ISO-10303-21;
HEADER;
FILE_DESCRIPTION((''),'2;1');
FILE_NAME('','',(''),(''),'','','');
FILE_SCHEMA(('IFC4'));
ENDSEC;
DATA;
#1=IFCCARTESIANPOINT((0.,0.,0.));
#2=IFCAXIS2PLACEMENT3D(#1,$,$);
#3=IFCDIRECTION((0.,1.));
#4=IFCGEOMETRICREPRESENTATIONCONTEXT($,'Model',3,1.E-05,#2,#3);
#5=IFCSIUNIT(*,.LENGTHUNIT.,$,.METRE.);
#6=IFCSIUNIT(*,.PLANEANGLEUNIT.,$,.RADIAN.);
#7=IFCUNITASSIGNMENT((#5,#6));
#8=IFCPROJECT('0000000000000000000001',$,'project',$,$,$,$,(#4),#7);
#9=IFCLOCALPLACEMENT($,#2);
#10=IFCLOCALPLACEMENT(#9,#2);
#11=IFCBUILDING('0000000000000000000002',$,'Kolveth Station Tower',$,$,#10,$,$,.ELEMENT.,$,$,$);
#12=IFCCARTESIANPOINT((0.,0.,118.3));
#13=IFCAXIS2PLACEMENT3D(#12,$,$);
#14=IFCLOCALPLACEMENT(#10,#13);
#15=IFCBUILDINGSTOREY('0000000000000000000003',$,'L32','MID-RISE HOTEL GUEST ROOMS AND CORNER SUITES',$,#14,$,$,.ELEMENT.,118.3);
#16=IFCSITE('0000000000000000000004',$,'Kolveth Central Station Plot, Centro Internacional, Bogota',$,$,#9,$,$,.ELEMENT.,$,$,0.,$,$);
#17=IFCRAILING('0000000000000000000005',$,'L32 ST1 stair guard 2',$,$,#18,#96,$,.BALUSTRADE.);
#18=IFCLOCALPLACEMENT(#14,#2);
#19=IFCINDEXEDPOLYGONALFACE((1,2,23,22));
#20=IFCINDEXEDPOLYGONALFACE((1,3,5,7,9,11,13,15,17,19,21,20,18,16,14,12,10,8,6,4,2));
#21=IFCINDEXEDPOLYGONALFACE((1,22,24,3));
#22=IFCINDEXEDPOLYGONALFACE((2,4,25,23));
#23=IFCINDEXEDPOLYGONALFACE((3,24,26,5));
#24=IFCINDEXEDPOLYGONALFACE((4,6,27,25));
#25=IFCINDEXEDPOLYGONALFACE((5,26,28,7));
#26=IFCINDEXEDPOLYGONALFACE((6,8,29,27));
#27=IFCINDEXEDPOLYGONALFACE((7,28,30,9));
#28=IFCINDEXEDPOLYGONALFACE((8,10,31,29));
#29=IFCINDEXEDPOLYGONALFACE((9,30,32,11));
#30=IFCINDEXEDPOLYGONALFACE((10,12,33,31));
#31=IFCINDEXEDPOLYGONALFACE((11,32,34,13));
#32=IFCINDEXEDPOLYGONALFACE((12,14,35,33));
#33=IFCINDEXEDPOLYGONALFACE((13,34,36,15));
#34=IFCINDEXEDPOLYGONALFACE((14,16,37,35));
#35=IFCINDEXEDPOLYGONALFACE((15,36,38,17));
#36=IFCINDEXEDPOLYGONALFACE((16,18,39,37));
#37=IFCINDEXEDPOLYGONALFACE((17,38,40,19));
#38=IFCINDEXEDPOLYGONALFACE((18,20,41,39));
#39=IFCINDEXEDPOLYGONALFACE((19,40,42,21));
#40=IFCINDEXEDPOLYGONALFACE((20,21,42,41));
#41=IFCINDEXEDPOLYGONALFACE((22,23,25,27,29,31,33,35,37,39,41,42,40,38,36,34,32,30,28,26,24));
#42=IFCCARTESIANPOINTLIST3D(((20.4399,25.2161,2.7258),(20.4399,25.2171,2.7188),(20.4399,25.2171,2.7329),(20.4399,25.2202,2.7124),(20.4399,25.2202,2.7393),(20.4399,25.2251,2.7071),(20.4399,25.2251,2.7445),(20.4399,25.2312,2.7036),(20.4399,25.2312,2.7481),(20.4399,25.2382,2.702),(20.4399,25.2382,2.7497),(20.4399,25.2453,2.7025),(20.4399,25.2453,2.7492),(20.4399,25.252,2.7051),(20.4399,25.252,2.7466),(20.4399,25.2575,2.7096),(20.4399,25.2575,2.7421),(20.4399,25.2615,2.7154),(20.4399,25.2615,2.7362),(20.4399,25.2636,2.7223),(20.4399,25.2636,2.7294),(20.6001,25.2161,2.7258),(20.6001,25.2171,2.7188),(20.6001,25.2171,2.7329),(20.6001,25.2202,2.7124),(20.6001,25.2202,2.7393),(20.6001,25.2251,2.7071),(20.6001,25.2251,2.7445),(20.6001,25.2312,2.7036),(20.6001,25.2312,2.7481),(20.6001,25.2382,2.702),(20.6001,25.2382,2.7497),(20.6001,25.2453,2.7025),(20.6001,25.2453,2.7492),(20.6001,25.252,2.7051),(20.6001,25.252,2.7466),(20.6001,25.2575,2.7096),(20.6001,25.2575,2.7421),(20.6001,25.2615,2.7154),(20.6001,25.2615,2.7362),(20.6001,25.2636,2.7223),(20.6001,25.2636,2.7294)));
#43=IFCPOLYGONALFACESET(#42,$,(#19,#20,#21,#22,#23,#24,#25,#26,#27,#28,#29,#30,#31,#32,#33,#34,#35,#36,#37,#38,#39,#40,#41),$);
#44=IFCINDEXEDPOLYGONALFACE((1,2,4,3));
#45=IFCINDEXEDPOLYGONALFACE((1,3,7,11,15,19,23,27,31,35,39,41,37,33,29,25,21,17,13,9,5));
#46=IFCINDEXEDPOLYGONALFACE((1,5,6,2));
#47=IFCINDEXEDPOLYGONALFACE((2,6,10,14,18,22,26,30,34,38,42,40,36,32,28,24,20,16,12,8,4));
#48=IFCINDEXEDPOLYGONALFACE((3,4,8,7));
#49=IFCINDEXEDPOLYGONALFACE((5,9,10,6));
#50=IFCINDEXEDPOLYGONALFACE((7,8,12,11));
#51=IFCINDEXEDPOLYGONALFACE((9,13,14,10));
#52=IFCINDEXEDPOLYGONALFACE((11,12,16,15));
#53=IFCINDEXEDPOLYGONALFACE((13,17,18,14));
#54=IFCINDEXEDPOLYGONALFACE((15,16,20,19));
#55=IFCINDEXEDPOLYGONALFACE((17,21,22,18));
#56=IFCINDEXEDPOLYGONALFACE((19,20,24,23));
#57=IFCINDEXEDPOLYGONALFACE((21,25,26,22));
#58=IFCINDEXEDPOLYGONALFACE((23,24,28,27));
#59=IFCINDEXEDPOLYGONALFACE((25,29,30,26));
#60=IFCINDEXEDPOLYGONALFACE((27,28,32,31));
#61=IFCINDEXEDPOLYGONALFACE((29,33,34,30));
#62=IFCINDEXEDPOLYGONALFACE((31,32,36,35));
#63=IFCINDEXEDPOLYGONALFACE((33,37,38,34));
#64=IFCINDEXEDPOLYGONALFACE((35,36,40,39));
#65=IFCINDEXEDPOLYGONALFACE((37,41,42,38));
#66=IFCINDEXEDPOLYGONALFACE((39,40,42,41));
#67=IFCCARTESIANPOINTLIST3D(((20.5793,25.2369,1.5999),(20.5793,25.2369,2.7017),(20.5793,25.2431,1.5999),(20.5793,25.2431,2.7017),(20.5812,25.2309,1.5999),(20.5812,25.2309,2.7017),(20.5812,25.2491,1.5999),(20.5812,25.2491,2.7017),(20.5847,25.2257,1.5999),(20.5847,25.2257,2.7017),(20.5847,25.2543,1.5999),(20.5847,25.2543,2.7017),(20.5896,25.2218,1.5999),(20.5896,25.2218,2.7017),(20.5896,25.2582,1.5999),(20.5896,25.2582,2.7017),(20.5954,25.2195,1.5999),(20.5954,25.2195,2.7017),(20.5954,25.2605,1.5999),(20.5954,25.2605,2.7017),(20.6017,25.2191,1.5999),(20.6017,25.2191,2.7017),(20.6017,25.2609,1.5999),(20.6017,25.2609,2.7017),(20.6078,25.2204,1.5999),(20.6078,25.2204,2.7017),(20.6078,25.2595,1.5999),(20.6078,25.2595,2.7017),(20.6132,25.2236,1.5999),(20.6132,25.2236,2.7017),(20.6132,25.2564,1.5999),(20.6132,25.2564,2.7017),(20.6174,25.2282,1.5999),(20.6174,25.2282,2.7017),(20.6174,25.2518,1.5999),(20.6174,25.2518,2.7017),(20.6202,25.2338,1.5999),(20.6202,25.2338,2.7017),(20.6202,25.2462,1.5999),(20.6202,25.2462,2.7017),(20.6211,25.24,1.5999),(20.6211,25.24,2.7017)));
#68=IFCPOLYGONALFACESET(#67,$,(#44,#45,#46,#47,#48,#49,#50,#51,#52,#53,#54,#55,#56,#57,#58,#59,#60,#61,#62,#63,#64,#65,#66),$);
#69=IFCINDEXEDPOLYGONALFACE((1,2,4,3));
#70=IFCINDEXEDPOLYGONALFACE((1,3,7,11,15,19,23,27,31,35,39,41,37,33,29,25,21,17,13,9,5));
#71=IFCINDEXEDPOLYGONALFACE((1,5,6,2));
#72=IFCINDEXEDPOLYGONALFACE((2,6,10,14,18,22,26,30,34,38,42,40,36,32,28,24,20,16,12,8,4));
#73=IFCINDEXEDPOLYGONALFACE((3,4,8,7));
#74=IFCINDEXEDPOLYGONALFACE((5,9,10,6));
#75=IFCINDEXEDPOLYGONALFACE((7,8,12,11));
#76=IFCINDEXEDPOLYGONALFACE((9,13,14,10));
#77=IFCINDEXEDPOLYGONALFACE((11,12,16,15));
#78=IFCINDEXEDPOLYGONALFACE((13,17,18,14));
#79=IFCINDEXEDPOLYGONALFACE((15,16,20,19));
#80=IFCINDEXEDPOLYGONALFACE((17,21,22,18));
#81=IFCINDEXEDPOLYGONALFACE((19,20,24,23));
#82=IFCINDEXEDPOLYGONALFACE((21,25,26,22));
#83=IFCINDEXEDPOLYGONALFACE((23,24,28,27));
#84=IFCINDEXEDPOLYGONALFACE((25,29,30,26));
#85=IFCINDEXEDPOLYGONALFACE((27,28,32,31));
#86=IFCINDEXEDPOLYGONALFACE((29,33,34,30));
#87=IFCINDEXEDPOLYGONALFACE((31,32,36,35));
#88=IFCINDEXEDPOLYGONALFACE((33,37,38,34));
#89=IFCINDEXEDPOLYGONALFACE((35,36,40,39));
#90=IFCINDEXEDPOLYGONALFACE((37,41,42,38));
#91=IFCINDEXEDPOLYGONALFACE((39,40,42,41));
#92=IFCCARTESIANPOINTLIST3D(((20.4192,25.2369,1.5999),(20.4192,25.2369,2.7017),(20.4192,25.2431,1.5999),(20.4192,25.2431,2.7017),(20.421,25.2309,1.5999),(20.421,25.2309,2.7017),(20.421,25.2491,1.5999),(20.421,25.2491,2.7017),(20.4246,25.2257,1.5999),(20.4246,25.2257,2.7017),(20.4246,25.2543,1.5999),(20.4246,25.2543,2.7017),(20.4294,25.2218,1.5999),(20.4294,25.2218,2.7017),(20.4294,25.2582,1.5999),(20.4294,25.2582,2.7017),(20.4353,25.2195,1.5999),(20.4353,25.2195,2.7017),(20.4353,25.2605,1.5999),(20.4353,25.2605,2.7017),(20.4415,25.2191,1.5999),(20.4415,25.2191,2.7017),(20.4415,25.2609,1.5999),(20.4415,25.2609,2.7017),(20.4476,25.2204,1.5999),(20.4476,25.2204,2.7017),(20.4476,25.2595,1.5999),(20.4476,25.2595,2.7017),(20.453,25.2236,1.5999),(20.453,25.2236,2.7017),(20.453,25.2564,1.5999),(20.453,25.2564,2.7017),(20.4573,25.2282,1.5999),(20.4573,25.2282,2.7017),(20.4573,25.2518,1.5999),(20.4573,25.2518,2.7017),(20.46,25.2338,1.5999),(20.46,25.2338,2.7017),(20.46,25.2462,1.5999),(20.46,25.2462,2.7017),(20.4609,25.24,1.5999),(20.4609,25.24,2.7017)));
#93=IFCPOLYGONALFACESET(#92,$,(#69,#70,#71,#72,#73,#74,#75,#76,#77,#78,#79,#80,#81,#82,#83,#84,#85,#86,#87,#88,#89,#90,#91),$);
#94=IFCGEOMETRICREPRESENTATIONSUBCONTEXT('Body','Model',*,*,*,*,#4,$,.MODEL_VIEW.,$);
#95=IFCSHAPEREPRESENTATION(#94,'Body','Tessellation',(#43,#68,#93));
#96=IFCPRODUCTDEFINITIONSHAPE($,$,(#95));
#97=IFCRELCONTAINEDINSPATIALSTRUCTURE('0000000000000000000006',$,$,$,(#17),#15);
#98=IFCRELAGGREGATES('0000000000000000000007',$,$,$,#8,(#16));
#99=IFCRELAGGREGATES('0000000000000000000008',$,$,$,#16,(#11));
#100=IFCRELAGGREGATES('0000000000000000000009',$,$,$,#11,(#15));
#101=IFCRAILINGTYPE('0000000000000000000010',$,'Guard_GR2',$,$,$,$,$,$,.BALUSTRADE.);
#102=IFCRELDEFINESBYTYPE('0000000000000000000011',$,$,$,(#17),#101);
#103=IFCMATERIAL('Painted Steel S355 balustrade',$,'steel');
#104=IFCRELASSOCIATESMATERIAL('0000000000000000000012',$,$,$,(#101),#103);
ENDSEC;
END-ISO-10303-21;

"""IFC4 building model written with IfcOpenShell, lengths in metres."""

from ifc_helpers import new_model, si_unit, direction, frame, origin, origin_2d, place, context, subcontext, project, spatial, circle, extrude, material, type_object, element, save


model = new_model("IFC4")

# Units and contexts
model_context = context("Model", 3, precision=1e-05, world=origin(), true_north=direction((0.0, 1.0)))
body_context = subcontext(model_context, "Body", "Model", "MODEL_VIEW")
ifc_project = project(units=[si_unit("LENGTHUNIT", "METRE"), si_unit("PLANEANGLEUNIT", "RADIAN")], contexts=[model_context])

# Site, building, storey
site_placement = place(None, origin())
site = spatial("IfcSite", under=ifc_project, at=site_placement, Name="Kolveth Central Station Plot, Centro Internacional, Bogota", CompositionType="ELEMENT", RefElevation=0.0)
building_placement = place(site_placement, origin())
building = spatial("IfcBuilding", under=site, at=building_placement, Name="Kolveth Station Tower", CompositionType="ELEMENT")
storey_placement = place(building_placement, frame((0.0, 0.0, 118.3)))
storey = spatial("IfcBuildingStorey", under=building, at=storey_placement, Name="L32", Description="MID-RISE HOTEL GUEST ROOMS AND CORNER SUITES", CompositionType="ELEMENT", Elevation=118.3)

# Railing
ifc_material_1 = material(Name="Painted Steel S355 balustrade", Category="steel")
railing_type_1 = type_object("IfcRailingType", Name="Guard_GR2", PredefinedType="BALUSTRADE", material=ifc_material_1)
railing_1_placement = place(storey_placement, frame((20.6001, 25.24, 1.5999)))
element("IfcRailing", 1, at=railing_1_placement, inside=storey, type_object=railing_type_1, Name="L32 ST1 stair guard 2", PredefinedType="BALUSTRADE", context=body_context, shape_type="SweptSolid", body=[
    extrude(circle(Radius=0.0239, at=origin_2d()), frame((0.0, 0.0, 1.126), z_axis=(-1.0, 0.0, 0.0), x_axis=(0.0, -1.0, 0.0)), (0.0, 0.0, 1.0), 0.1602),
    extrude(circle(Radius=0.021, at=origin_2d()), origin(), (0.0, 0.0, 1.0), 1.1018),
    extrude(circle(Radius=0.021, at=origin_2d()), frame((-0.1602, 0.0, 0.0)), (0.0, 0.0, 1.0), 1.1018),
])

save(model, "model.ifc")
